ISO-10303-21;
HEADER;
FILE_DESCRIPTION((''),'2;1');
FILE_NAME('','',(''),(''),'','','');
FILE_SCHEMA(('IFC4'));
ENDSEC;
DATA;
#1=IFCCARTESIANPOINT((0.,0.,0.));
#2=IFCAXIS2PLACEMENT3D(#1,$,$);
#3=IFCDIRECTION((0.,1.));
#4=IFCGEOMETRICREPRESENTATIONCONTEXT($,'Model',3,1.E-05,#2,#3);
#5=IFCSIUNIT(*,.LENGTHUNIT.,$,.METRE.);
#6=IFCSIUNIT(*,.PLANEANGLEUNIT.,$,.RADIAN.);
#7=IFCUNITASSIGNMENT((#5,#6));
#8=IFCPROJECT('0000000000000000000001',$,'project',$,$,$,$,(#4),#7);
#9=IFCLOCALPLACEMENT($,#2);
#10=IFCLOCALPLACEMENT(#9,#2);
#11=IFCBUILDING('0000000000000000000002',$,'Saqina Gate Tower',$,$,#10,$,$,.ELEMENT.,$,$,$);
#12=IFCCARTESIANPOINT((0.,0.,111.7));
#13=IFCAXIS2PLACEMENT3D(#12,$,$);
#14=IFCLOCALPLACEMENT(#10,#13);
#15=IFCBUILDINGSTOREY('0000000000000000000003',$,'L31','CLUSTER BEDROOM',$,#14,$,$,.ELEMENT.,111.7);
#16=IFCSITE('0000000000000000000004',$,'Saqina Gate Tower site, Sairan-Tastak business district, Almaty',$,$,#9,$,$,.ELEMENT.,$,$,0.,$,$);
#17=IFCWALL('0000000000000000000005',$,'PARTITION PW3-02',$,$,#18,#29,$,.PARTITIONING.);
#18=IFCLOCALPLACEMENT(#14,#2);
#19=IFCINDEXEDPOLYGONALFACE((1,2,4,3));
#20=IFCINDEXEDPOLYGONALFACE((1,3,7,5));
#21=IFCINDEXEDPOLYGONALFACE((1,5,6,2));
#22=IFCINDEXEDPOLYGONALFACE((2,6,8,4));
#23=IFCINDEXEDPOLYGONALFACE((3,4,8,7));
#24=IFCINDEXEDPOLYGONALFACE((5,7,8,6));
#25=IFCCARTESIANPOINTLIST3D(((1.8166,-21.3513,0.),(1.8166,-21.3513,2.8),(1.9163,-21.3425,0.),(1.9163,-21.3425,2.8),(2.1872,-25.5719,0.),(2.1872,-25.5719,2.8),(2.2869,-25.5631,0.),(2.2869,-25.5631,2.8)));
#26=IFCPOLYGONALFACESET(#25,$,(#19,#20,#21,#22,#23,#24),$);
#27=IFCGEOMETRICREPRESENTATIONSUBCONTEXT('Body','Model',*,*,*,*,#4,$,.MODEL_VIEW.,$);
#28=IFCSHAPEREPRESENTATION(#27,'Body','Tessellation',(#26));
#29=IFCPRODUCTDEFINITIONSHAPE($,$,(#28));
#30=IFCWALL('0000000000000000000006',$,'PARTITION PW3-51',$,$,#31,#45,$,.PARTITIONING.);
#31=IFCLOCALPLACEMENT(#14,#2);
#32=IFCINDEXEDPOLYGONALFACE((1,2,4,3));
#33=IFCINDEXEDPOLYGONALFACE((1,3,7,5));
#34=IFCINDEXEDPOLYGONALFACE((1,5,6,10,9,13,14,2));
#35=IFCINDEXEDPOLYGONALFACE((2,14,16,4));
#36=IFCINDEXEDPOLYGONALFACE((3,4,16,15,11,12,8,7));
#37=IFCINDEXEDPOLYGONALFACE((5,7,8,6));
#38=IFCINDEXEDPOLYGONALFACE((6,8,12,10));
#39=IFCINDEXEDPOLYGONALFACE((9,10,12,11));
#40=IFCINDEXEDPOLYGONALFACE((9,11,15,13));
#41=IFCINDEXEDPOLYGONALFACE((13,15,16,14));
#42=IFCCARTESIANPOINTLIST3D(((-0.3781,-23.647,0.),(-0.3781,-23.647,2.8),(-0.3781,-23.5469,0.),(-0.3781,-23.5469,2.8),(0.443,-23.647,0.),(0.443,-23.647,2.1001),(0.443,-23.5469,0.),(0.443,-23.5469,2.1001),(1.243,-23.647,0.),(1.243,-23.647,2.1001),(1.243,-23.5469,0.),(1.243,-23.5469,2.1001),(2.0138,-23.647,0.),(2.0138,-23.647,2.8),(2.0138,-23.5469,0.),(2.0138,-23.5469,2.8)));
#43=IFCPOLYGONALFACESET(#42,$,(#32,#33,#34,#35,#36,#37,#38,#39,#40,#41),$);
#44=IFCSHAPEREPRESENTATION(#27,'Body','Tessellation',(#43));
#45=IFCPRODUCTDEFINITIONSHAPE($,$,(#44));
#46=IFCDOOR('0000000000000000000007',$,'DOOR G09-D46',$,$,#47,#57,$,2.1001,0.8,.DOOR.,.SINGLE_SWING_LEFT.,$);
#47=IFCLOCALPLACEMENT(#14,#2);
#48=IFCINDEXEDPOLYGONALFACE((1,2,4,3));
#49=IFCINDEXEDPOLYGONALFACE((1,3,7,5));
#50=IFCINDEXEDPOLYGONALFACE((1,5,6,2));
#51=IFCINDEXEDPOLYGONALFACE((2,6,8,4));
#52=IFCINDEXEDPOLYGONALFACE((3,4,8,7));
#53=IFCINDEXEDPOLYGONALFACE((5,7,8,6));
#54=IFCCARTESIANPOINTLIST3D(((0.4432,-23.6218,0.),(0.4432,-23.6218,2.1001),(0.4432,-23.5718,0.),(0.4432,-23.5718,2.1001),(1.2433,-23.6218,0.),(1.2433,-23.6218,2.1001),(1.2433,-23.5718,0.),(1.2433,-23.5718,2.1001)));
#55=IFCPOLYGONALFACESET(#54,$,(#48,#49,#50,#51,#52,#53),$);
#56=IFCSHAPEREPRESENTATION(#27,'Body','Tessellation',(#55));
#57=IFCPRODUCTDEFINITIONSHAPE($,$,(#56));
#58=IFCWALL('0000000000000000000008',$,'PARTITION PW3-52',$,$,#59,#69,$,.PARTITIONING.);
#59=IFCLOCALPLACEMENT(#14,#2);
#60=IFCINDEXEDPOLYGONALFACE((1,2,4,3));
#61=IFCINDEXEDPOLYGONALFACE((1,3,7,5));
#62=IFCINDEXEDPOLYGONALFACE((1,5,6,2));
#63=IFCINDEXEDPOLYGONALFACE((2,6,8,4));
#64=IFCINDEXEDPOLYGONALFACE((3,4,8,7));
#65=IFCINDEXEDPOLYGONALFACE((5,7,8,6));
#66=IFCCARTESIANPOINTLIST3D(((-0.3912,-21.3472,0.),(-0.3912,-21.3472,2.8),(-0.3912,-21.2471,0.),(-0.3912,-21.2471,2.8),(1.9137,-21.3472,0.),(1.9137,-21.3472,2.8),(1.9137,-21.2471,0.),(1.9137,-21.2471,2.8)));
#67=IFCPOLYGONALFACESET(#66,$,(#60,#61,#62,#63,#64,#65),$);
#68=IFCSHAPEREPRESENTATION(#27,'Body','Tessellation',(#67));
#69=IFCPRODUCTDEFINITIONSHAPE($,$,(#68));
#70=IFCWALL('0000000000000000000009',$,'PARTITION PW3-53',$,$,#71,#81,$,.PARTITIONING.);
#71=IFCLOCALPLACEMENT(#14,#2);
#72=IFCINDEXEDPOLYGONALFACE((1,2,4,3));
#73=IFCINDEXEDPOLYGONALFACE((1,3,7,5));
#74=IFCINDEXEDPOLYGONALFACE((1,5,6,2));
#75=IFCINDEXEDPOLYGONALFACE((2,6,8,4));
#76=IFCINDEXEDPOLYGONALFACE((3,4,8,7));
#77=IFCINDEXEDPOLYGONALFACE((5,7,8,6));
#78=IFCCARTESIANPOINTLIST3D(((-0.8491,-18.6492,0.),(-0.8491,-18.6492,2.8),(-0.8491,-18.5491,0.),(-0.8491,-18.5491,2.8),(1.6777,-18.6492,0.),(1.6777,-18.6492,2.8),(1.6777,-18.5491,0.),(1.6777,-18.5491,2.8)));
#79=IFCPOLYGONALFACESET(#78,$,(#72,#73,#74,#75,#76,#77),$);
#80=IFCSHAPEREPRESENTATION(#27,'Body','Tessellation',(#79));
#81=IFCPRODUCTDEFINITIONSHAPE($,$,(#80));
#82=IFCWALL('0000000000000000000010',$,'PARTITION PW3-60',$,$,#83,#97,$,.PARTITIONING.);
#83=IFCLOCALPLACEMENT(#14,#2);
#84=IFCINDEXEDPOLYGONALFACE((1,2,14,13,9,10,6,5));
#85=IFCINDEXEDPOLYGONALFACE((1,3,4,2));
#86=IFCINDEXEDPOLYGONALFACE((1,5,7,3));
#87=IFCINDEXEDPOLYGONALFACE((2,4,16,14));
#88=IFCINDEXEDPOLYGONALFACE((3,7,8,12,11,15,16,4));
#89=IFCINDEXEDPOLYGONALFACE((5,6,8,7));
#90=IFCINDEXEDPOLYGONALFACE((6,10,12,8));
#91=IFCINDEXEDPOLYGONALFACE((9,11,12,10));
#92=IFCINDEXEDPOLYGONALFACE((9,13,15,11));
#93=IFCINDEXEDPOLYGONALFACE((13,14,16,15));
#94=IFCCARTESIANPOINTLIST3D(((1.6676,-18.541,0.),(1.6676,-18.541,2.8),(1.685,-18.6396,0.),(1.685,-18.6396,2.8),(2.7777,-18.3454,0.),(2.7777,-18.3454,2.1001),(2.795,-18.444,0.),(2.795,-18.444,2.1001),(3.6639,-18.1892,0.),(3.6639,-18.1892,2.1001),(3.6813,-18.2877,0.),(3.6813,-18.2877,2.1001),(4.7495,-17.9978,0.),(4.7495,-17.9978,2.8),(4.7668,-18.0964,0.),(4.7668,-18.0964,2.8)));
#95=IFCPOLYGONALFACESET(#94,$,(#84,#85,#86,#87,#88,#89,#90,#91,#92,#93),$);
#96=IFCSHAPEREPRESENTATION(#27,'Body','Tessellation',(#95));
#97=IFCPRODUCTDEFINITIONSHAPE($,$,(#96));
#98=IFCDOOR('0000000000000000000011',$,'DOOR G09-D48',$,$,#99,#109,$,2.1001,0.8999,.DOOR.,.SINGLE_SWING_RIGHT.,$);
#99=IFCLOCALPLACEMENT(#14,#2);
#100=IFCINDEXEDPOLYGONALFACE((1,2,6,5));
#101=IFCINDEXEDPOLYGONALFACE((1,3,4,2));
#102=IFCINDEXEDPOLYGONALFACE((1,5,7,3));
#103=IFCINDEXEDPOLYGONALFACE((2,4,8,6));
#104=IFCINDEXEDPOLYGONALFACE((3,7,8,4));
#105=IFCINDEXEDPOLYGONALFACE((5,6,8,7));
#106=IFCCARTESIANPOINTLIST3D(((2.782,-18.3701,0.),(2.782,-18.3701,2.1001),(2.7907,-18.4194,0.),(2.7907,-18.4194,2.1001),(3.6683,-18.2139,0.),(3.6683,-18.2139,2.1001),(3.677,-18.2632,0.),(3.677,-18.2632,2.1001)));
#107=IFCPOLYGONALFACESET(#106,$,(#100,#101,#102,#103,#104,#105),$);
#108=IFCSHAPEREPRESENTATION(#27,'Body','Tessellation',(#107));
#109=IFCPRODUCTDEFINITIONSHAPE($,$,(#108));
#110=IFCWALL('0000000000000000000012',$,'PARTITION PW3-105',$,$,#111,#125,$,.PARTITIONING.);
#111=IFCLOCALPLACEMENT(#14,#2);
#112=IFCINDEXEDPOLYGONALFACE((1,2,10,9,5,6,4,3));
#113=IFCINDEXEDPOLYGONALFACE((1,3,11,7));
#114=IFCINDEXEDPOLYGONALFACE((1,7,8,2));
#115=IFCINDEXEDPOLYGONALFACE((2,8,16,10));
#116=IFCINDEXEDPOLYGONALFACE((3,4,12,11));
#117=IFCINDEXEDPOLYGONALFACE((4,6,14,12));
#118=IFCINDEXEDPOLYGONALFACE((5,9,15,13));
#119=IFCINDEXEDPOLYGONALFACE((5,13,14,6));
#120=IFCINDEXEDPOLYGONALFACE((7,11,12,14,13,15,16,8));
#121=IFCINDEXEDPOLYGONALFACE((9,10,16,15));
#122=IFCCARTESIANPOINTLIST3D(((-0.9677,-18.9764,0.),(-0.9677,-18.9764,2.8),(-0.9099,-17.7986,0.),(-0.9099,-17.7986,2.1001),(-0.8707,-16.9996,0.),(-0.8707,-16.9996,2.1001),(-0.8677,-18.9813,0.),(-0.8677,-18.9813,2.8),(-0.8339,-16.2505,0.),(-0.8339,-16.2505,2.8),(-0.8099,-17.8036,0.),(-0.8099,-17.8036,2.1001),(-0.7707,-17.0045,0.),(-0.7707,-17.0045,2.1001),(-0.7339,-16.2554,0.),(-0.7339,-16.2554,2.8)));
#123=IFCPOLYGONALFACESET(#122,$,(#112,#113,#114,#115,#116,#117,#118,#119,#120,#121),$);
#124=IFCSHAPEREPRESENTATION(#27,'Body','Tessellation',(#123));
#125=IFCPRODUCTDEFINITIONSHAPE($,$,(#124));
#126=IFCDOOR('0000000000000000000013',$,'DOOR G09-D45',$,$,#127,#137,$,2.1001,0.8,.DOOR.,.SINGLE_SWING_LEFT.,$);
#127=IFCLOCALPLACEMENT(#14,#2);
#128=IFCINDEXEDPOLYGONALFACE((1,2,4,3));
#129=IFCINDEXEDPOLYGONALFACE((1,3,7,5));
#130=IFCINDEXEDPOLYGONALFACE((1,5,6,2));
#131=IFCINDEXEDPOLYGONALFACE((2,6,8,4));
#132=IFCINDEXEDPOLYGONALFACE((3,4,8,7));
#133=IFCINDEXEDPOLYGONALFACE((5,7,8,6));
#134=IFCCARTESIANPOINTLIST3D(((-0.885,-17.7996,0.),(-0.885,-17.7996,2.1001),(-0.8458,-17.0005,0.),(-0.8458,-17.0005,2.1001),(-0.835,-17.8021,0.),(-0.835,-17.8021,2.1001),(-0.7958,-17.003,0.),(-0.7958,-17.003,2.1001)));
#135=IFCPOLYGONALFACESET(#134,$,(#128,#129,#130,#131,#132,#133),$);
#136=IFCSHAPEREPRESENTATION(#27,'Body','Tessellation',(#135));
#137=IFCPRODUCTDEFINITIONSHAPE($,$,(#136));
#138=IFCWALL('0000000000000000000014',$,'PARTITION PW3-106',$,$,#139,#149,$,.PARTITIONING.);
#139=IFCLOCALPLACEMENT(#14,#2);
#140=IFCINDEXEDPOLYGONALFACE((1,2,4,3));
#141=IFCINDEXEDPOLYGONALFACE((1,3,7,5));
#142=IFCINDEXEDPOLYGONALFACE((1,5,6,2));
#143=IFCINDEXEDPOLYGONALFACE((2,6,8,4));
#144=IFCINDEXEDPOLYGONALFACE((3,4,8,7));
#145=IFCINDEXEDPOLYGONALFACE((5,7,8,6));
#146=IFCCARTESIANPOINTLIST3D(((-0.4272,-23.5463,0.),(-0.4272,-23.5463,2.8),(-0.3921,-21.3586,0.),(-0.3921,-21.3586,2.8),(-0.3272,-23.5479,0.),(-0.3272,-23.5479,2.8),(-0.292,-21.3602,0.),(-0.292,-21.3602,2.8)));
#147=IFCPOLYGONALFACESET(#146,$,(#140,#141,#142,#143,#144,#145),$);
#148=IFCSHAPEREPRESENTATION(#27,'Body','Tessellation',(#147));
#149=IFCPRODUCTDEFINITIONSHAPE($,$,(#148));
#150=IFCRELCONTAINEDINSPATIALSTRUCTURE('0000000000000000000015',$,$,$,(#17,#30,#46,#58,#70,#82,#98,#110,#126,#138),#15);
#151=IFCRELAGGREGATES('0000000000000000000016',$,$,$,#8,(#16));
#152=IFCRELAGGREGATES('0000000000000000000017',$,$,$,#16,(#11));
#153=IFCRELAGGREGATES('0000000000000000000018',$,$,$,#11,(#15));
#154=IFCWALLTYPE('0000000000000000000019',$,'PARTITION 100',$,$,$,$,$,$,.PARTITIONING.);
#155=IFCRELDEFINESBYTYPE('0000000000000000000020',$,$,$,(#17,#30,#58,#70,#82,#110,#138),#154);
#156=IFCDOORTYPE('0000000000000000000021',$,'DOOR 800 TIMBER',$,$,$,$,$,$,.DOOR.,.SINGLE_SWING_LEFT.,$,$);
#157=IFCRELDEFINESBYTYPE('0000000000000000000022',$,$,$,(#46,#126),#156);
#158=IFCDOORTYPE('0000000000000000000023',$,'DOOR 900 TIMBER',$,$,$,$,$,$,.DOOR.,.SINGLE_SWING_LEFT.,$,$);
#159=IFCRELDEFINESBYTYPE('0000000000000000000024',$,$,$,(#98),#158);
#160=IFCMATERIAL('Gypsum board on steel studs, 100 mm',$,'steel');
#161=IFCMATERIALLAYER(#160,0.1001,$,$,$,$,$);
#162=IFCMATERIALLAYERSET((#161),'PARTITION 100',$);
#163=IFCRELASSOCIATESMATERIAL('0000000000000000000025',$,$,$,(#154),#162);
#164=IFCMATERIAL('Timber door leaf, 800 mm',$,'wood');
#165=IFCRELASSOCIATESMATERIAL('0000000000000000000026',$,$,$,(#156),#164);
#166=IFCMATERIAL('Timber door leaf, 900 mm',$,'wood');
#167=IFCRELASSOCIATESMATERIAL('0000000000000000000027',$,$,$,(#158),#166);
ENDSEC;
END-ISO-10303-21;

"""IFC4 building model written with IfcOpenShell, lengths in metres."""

from ifc_helpers import new_model, si_unit, direction, frame, frame_2d, origin, place, context, subcontext, project, spatial, rectangle, extrude, material, layer, layer_set, type_object, element, fill, save


model = new_model("IFC4")

# Units and contexts
model_context = context("Model", 3, precision=1e-05, world=origin(), true_north=direction((0.0, 1.0)))
body_context = subcontext(model_context, "Body", "Model", "MODEL_VIEW")
ifc_project = project(units=[si_unit("LENGTHUNIT", "METRE"), si_unit("PLANEANGLEUNIT", "RADIAN")], contexts=[model_context])

# Site, building, storey
site_placement = place(None, origin())
site = spatial("IfcSite", under=ifc_project, at=site_placement, Name="Saqina Gate Tower site, Sairan-Tastak business district, Almaty", CompositionType="ELEMENT", RefElevation=0.0)
building_placement = place(site_placement, origin())
building = spatial("IfcBuilding", under=site, at=building_placement, Name="Saqina Gate Tower", CompositionType="ELEMENT")
storey_placement = place(building_placement, frame((0.0, 0.0, 111.7)))
storey = spatial("IfcBuildingStorey", under=building, at=storey_placement, Name="L31", Description="CLUSTER BEDROOM", CompositionType="ELEMENT", Elevation=111.7)

# Wall
ifc_material_1 = material(Name="Gypsum board on steel studs, 100 mm", Category="steel")
ifc_layer_1 = layer(ifc_material_1, 0.1001)
ifc_layer_set_1 = layer_set([ifc_layer_1], Name="PARTITION 100")
wall_type_1 = type_object("IfcWallType", Name="PARTITION 100", PredefinedType="PARTITIONING", material=ifc_layer_set_1)
wall_1_placement = place(storey_placement, frame((1.8665, -21.3469, 0.0), z_axis=(0.0, 0.0, 1.0), x_axis=(0.087475, -0.996167, 0.0)))
element("IfcWall", 1, at=wall_1_placement, inside=storey, type_object=wall_type_1, Name="PARTITION PW3-02", PredefinedType="PARTITIONING", context=body_context, shape_type="SweptSolid", body=[
    extrude(rectangle(XDim=4.2368, YDim=0.1001, at=frame_2d((2.1184, 0.0))), origin(), (0.0, 0.0, 1.0), 2.8),
])

# Wall, opening, door
wall_2_placement = place(storey_placement, frame((-0.3779, -23.5969, 0.0), z_axis=(0.0, 0.0, 1.0), x_axis=(1.0, 0.0, 0.0)))
wall_2 = element("IfcWall", 2, at=wall_2_placement, inside=storey, type_object=wall_type_1, Name="PARTITION PW3-51", PredefinedType="PARTITIONING", context=body_context, shape_type="SweptSolid", body=[
    extrude(rectangle(XDim=2.3918, YDim=0.1001, at=frame_2d((1.1958, 0.0))), origin(), (0.0, 0.0, 1.0), 2.8),
])
opening_1_placement = place(wall_2_placement, frame((0.821, 0.0, 0.0)))
opening_1 = element("IfcOpeningElement", 3, at=opening_1_placement, cuts=wall_2, PredefinedType="OPENING", context=body_context, shape_type="SweptSolid", body=[
    extrude(rectangle(XDim=0.8, YDim=2.1001, at=frame_2d((0.3999, 1.05))), frame((0.0, 0.062, 0.0), z_axis=(0.0, -1.0, 0.0), x_axis=(1.0, 0.0, 0.0)), (0.0, 0.0, 1.0), 0.124),
])
ifc_material_2 = material(Name="Timber door leaf, 800 mm", Category="wood")
door_type_1 = type_object("IfcDoorType", Name="DOOR 800 TIMBER", OperationType="SINGLE_SWING_LEFT", PredefinedType="DOOR", material=ifc_material_2)
door_1_placement = place(opening_1_placement, frame((0.8, 0.0, 0.0), z_axis=(0.0, 0.0, 1.0), x_axis=(-1.0, 0.0, 0.0)))
door_1 = element("IfcDoor", 4, at=door_1_placement, inside=storey, type_object=door_type_1, Name="DOOR G09-D46", OperationType="SINGLE_SWING_LEFT", OverallHeight=2.1001, OverallWidth=0.8, PredefinedType="DOOR", context=body_context, shape_type="SweptSolid", body=[
    extrude(rectangle(XDim=0.8, YDim=2.1001, at=frame_2d((0.3999, 1.05))), frame((0.0, 0.0249, 0.0), z_axis=(0.0, -1.0, 0.0), x_axis=(1.0, 0.0, 0.0)), (0.0, 0.0, 1.0), 0.05),
])
fill(opening_1, door_1)

# Walls
wall_3_placement = place(storey_placement, frame((-0.3911, -21.2971, 0.0), z_axis=(0.0, 0.0, 1.0), x_axis=(1.0, 0.0, 0.0)))
element("IfcWall", 5, at=wall_3_placement, inside=storey, type_object=wall_type_1, Name="PARTITION PW3-52", PredefinedType="PARTITIONING", context=body_context, shape_type="SweptSolid", body=[
    extrude(rectangle(XDim=2.3049, YDim=0.1001, at=frame_2d((1.1523, 0.0))), origin(), (0.0, 0.0, 1.0), 2.8),
])
wall_4_placement = place(storey_placement, frame((-0.8491, -18.5991, 0.0), z_axis=(0.0, 0.0, 1.0), x_axis=(1.0, 0.0, 0.0)))
element("IfcWall", 6, at=wall_4_placement, inside=storey, type_object=wall_type_1, Name="PARTITION PW3-53", PredefinedType="PARTITIONING", context=body_context, shape_type="SweptSolid", body=[
    extrude(rectangle(XDim=2.5269, YDim=0.1001, at=frame_2d((1.2634, 0.0))), origin(), (0.0, 0.0, 1.0), 2.8),
])

# Walls, openings, doors
wall_5_placement = place(storey_placement, frame((1.6763, -18.5903, 0.0), z_axis=(0.0, 0.0, 1.0), x_axis=(0.984818, 0.17359, 0.0)))
wall_5 = element("IfcWall", 7, at=wall_5_placement, inside=storey, type_object=wall_type_1, Name="PARTITION PW3-60", PredefinedType="PARTITIONING", context=body_context, shape_type="SweptSolid", body=[
    extrude(rectangle(XDim=3.1294, YDim=0.1001, at=frame_2d((1.5647, 0.0))), origin(), (0.0, 0.0, 1.0), 2.8),
])
opening_2_placement = place(wall_5_placement, frame((1.1272, 0.0, 0.0)))
opening_2 = element("IfcOpeningElement", 8, at=opening_2_placement, cuts=wall_5, PredefinedType="OPENING", context=body_context, shape_type="SweptSolid", body=[
    extrude(rectangle(XDim=0.8999, YDim=2.1001, at=frame_2d((0.45, 1.05))), frame((0.0, 0.062, 0.0), z_axis=(0.0, -1.0, 0.0), x_axis=(1.0, 0.0, 0.0)), (0.0, 0.0, 1.0), 0.124),
])
ifc_material_3 = material(Name="Timber door leaf, 900 mm", Category="wood")
door_type_2 = type_object("IfcDoorType", Name="DOOR 900 TIMBER", OperationType="SINGLE_SWING_LEFT", PredefinedType="DOOR", material=ifc_material_3)
door_2_placement = place(opening_2_placement, origin())
door_2 = element("IfcDoor", 9, at=door_2_placement, inside=storey, type_object=door_type_2, Name="DOOR G09-D48", OperationType="SINGLE_SWING_RIGHT", OverallHeight=2.1001, OverallWidth=0.8999, PredefinedType="DOOR", context=body_context, shape_type="SweptSolid", body=[
    extrude(rectangle(XDim=0.8999, YDim=2.1001, at=frame_2d((0.45, 1.05))), frame((0.0, 0.0249, 0.0), z_axis=(0.0, -1.0, 0.0), x_axis=(1.0, 0.0, 0.0)), (0.0, 0.0, 1.0), 0.05),
])
fill(opening_2, door_2)
wall_6_placement = place(storey_placement, frame((-0.9177, -18.979, 0.0), z_axis=(0.0, 0.0, 1.0), x_axis=(0.049019, 0.998798, 0.0)))
wall_6 = element("IfcWall", 10, at=wall_6_placement, inside=storey, type_object=wall_type_1, Name="PARTITION PW3-105", PredefinedType="PARTITIONING", context=body_context, shape_type="SweptSolid", body=[
    extrude(rectangle(XDim=2.7292, YDim=0.1001, at=frame_2d((1.3647, 0.0))), origin(), (0.0, 0.0, 1.0), 2.8),
])
opening_3_placement = place(wall_6_placement, frame((1.1794, 0.0, 0.0)))
opening_3 = element("IfcOpeningElement", 11, at=opening_3_placement, cuts=wall_6, PredefinedType="OPENING", context=body_context, shape_type="SweptSolid", body=[
    extrude(rectangle(XDim=0.8, YDim=2.1001, at=frame_2d((0.3999, 1.05))), frame((0.0, 0.062, 0.0), z_axis=(0.0, -1.0, 0.0), x_axis=(1.0, 0.0, 0.0)), (0.0, 0.0, 1.0), 0.124),
])
door_3_placement = place(opening_3_placement, frame((0.8, 0.0, 0.0), z_axis=(0.0, 0.0, 1.0), x_axis=(-1.0, 0.0, 0.0)))
door_3 = element("IfcDoor", 12, at=door_3_placement, inside=storey, type_object=door_type_1, Name="DOOR G09-D45", OperationType="SINGLE_SWING_LEFT", OverallHeight=2.1001, OverallWidth=0.8, PredefinedType="DOOR", context=body_context, shape_type="SweptSolid", body=[
    extrude(rectangle(XDim=0.8, YDim=2.1001, at=frame_2d((0.3999, 1.05))), frame((0.0, 0.0249, 0.0), z_axis=(0.0, -1.0, 0.0), x_axis=(1.0, 0.0, 0.0)), (0.0, 0.0, 1.0), 0.05),
])
fill(opening_3, door_3)

# Wall
wall_7_placement = place(storey_placement, frame((-0.3772, -23.5471, 0.0), z_axis=(0.0, 0.0, 1.0), x_axis=(0.016068, 0.999871, 0.0)))
element("IfcWall", 13, at=wall_7_placement, inside=storey, type_object=wall_type_1, Name="PARTITION PW3-106", PredefinedType="PARTITIONING", context=body_context, shape_type="SweptSolid", body=[
    extrude(rectangle(XDim=2.188, YDim=0.1001, at=frame_2d((1.094, 0.0))), origin(), (0.0, 0.0, 1.0), 2.8),
])

save(model, "model.ifc")
